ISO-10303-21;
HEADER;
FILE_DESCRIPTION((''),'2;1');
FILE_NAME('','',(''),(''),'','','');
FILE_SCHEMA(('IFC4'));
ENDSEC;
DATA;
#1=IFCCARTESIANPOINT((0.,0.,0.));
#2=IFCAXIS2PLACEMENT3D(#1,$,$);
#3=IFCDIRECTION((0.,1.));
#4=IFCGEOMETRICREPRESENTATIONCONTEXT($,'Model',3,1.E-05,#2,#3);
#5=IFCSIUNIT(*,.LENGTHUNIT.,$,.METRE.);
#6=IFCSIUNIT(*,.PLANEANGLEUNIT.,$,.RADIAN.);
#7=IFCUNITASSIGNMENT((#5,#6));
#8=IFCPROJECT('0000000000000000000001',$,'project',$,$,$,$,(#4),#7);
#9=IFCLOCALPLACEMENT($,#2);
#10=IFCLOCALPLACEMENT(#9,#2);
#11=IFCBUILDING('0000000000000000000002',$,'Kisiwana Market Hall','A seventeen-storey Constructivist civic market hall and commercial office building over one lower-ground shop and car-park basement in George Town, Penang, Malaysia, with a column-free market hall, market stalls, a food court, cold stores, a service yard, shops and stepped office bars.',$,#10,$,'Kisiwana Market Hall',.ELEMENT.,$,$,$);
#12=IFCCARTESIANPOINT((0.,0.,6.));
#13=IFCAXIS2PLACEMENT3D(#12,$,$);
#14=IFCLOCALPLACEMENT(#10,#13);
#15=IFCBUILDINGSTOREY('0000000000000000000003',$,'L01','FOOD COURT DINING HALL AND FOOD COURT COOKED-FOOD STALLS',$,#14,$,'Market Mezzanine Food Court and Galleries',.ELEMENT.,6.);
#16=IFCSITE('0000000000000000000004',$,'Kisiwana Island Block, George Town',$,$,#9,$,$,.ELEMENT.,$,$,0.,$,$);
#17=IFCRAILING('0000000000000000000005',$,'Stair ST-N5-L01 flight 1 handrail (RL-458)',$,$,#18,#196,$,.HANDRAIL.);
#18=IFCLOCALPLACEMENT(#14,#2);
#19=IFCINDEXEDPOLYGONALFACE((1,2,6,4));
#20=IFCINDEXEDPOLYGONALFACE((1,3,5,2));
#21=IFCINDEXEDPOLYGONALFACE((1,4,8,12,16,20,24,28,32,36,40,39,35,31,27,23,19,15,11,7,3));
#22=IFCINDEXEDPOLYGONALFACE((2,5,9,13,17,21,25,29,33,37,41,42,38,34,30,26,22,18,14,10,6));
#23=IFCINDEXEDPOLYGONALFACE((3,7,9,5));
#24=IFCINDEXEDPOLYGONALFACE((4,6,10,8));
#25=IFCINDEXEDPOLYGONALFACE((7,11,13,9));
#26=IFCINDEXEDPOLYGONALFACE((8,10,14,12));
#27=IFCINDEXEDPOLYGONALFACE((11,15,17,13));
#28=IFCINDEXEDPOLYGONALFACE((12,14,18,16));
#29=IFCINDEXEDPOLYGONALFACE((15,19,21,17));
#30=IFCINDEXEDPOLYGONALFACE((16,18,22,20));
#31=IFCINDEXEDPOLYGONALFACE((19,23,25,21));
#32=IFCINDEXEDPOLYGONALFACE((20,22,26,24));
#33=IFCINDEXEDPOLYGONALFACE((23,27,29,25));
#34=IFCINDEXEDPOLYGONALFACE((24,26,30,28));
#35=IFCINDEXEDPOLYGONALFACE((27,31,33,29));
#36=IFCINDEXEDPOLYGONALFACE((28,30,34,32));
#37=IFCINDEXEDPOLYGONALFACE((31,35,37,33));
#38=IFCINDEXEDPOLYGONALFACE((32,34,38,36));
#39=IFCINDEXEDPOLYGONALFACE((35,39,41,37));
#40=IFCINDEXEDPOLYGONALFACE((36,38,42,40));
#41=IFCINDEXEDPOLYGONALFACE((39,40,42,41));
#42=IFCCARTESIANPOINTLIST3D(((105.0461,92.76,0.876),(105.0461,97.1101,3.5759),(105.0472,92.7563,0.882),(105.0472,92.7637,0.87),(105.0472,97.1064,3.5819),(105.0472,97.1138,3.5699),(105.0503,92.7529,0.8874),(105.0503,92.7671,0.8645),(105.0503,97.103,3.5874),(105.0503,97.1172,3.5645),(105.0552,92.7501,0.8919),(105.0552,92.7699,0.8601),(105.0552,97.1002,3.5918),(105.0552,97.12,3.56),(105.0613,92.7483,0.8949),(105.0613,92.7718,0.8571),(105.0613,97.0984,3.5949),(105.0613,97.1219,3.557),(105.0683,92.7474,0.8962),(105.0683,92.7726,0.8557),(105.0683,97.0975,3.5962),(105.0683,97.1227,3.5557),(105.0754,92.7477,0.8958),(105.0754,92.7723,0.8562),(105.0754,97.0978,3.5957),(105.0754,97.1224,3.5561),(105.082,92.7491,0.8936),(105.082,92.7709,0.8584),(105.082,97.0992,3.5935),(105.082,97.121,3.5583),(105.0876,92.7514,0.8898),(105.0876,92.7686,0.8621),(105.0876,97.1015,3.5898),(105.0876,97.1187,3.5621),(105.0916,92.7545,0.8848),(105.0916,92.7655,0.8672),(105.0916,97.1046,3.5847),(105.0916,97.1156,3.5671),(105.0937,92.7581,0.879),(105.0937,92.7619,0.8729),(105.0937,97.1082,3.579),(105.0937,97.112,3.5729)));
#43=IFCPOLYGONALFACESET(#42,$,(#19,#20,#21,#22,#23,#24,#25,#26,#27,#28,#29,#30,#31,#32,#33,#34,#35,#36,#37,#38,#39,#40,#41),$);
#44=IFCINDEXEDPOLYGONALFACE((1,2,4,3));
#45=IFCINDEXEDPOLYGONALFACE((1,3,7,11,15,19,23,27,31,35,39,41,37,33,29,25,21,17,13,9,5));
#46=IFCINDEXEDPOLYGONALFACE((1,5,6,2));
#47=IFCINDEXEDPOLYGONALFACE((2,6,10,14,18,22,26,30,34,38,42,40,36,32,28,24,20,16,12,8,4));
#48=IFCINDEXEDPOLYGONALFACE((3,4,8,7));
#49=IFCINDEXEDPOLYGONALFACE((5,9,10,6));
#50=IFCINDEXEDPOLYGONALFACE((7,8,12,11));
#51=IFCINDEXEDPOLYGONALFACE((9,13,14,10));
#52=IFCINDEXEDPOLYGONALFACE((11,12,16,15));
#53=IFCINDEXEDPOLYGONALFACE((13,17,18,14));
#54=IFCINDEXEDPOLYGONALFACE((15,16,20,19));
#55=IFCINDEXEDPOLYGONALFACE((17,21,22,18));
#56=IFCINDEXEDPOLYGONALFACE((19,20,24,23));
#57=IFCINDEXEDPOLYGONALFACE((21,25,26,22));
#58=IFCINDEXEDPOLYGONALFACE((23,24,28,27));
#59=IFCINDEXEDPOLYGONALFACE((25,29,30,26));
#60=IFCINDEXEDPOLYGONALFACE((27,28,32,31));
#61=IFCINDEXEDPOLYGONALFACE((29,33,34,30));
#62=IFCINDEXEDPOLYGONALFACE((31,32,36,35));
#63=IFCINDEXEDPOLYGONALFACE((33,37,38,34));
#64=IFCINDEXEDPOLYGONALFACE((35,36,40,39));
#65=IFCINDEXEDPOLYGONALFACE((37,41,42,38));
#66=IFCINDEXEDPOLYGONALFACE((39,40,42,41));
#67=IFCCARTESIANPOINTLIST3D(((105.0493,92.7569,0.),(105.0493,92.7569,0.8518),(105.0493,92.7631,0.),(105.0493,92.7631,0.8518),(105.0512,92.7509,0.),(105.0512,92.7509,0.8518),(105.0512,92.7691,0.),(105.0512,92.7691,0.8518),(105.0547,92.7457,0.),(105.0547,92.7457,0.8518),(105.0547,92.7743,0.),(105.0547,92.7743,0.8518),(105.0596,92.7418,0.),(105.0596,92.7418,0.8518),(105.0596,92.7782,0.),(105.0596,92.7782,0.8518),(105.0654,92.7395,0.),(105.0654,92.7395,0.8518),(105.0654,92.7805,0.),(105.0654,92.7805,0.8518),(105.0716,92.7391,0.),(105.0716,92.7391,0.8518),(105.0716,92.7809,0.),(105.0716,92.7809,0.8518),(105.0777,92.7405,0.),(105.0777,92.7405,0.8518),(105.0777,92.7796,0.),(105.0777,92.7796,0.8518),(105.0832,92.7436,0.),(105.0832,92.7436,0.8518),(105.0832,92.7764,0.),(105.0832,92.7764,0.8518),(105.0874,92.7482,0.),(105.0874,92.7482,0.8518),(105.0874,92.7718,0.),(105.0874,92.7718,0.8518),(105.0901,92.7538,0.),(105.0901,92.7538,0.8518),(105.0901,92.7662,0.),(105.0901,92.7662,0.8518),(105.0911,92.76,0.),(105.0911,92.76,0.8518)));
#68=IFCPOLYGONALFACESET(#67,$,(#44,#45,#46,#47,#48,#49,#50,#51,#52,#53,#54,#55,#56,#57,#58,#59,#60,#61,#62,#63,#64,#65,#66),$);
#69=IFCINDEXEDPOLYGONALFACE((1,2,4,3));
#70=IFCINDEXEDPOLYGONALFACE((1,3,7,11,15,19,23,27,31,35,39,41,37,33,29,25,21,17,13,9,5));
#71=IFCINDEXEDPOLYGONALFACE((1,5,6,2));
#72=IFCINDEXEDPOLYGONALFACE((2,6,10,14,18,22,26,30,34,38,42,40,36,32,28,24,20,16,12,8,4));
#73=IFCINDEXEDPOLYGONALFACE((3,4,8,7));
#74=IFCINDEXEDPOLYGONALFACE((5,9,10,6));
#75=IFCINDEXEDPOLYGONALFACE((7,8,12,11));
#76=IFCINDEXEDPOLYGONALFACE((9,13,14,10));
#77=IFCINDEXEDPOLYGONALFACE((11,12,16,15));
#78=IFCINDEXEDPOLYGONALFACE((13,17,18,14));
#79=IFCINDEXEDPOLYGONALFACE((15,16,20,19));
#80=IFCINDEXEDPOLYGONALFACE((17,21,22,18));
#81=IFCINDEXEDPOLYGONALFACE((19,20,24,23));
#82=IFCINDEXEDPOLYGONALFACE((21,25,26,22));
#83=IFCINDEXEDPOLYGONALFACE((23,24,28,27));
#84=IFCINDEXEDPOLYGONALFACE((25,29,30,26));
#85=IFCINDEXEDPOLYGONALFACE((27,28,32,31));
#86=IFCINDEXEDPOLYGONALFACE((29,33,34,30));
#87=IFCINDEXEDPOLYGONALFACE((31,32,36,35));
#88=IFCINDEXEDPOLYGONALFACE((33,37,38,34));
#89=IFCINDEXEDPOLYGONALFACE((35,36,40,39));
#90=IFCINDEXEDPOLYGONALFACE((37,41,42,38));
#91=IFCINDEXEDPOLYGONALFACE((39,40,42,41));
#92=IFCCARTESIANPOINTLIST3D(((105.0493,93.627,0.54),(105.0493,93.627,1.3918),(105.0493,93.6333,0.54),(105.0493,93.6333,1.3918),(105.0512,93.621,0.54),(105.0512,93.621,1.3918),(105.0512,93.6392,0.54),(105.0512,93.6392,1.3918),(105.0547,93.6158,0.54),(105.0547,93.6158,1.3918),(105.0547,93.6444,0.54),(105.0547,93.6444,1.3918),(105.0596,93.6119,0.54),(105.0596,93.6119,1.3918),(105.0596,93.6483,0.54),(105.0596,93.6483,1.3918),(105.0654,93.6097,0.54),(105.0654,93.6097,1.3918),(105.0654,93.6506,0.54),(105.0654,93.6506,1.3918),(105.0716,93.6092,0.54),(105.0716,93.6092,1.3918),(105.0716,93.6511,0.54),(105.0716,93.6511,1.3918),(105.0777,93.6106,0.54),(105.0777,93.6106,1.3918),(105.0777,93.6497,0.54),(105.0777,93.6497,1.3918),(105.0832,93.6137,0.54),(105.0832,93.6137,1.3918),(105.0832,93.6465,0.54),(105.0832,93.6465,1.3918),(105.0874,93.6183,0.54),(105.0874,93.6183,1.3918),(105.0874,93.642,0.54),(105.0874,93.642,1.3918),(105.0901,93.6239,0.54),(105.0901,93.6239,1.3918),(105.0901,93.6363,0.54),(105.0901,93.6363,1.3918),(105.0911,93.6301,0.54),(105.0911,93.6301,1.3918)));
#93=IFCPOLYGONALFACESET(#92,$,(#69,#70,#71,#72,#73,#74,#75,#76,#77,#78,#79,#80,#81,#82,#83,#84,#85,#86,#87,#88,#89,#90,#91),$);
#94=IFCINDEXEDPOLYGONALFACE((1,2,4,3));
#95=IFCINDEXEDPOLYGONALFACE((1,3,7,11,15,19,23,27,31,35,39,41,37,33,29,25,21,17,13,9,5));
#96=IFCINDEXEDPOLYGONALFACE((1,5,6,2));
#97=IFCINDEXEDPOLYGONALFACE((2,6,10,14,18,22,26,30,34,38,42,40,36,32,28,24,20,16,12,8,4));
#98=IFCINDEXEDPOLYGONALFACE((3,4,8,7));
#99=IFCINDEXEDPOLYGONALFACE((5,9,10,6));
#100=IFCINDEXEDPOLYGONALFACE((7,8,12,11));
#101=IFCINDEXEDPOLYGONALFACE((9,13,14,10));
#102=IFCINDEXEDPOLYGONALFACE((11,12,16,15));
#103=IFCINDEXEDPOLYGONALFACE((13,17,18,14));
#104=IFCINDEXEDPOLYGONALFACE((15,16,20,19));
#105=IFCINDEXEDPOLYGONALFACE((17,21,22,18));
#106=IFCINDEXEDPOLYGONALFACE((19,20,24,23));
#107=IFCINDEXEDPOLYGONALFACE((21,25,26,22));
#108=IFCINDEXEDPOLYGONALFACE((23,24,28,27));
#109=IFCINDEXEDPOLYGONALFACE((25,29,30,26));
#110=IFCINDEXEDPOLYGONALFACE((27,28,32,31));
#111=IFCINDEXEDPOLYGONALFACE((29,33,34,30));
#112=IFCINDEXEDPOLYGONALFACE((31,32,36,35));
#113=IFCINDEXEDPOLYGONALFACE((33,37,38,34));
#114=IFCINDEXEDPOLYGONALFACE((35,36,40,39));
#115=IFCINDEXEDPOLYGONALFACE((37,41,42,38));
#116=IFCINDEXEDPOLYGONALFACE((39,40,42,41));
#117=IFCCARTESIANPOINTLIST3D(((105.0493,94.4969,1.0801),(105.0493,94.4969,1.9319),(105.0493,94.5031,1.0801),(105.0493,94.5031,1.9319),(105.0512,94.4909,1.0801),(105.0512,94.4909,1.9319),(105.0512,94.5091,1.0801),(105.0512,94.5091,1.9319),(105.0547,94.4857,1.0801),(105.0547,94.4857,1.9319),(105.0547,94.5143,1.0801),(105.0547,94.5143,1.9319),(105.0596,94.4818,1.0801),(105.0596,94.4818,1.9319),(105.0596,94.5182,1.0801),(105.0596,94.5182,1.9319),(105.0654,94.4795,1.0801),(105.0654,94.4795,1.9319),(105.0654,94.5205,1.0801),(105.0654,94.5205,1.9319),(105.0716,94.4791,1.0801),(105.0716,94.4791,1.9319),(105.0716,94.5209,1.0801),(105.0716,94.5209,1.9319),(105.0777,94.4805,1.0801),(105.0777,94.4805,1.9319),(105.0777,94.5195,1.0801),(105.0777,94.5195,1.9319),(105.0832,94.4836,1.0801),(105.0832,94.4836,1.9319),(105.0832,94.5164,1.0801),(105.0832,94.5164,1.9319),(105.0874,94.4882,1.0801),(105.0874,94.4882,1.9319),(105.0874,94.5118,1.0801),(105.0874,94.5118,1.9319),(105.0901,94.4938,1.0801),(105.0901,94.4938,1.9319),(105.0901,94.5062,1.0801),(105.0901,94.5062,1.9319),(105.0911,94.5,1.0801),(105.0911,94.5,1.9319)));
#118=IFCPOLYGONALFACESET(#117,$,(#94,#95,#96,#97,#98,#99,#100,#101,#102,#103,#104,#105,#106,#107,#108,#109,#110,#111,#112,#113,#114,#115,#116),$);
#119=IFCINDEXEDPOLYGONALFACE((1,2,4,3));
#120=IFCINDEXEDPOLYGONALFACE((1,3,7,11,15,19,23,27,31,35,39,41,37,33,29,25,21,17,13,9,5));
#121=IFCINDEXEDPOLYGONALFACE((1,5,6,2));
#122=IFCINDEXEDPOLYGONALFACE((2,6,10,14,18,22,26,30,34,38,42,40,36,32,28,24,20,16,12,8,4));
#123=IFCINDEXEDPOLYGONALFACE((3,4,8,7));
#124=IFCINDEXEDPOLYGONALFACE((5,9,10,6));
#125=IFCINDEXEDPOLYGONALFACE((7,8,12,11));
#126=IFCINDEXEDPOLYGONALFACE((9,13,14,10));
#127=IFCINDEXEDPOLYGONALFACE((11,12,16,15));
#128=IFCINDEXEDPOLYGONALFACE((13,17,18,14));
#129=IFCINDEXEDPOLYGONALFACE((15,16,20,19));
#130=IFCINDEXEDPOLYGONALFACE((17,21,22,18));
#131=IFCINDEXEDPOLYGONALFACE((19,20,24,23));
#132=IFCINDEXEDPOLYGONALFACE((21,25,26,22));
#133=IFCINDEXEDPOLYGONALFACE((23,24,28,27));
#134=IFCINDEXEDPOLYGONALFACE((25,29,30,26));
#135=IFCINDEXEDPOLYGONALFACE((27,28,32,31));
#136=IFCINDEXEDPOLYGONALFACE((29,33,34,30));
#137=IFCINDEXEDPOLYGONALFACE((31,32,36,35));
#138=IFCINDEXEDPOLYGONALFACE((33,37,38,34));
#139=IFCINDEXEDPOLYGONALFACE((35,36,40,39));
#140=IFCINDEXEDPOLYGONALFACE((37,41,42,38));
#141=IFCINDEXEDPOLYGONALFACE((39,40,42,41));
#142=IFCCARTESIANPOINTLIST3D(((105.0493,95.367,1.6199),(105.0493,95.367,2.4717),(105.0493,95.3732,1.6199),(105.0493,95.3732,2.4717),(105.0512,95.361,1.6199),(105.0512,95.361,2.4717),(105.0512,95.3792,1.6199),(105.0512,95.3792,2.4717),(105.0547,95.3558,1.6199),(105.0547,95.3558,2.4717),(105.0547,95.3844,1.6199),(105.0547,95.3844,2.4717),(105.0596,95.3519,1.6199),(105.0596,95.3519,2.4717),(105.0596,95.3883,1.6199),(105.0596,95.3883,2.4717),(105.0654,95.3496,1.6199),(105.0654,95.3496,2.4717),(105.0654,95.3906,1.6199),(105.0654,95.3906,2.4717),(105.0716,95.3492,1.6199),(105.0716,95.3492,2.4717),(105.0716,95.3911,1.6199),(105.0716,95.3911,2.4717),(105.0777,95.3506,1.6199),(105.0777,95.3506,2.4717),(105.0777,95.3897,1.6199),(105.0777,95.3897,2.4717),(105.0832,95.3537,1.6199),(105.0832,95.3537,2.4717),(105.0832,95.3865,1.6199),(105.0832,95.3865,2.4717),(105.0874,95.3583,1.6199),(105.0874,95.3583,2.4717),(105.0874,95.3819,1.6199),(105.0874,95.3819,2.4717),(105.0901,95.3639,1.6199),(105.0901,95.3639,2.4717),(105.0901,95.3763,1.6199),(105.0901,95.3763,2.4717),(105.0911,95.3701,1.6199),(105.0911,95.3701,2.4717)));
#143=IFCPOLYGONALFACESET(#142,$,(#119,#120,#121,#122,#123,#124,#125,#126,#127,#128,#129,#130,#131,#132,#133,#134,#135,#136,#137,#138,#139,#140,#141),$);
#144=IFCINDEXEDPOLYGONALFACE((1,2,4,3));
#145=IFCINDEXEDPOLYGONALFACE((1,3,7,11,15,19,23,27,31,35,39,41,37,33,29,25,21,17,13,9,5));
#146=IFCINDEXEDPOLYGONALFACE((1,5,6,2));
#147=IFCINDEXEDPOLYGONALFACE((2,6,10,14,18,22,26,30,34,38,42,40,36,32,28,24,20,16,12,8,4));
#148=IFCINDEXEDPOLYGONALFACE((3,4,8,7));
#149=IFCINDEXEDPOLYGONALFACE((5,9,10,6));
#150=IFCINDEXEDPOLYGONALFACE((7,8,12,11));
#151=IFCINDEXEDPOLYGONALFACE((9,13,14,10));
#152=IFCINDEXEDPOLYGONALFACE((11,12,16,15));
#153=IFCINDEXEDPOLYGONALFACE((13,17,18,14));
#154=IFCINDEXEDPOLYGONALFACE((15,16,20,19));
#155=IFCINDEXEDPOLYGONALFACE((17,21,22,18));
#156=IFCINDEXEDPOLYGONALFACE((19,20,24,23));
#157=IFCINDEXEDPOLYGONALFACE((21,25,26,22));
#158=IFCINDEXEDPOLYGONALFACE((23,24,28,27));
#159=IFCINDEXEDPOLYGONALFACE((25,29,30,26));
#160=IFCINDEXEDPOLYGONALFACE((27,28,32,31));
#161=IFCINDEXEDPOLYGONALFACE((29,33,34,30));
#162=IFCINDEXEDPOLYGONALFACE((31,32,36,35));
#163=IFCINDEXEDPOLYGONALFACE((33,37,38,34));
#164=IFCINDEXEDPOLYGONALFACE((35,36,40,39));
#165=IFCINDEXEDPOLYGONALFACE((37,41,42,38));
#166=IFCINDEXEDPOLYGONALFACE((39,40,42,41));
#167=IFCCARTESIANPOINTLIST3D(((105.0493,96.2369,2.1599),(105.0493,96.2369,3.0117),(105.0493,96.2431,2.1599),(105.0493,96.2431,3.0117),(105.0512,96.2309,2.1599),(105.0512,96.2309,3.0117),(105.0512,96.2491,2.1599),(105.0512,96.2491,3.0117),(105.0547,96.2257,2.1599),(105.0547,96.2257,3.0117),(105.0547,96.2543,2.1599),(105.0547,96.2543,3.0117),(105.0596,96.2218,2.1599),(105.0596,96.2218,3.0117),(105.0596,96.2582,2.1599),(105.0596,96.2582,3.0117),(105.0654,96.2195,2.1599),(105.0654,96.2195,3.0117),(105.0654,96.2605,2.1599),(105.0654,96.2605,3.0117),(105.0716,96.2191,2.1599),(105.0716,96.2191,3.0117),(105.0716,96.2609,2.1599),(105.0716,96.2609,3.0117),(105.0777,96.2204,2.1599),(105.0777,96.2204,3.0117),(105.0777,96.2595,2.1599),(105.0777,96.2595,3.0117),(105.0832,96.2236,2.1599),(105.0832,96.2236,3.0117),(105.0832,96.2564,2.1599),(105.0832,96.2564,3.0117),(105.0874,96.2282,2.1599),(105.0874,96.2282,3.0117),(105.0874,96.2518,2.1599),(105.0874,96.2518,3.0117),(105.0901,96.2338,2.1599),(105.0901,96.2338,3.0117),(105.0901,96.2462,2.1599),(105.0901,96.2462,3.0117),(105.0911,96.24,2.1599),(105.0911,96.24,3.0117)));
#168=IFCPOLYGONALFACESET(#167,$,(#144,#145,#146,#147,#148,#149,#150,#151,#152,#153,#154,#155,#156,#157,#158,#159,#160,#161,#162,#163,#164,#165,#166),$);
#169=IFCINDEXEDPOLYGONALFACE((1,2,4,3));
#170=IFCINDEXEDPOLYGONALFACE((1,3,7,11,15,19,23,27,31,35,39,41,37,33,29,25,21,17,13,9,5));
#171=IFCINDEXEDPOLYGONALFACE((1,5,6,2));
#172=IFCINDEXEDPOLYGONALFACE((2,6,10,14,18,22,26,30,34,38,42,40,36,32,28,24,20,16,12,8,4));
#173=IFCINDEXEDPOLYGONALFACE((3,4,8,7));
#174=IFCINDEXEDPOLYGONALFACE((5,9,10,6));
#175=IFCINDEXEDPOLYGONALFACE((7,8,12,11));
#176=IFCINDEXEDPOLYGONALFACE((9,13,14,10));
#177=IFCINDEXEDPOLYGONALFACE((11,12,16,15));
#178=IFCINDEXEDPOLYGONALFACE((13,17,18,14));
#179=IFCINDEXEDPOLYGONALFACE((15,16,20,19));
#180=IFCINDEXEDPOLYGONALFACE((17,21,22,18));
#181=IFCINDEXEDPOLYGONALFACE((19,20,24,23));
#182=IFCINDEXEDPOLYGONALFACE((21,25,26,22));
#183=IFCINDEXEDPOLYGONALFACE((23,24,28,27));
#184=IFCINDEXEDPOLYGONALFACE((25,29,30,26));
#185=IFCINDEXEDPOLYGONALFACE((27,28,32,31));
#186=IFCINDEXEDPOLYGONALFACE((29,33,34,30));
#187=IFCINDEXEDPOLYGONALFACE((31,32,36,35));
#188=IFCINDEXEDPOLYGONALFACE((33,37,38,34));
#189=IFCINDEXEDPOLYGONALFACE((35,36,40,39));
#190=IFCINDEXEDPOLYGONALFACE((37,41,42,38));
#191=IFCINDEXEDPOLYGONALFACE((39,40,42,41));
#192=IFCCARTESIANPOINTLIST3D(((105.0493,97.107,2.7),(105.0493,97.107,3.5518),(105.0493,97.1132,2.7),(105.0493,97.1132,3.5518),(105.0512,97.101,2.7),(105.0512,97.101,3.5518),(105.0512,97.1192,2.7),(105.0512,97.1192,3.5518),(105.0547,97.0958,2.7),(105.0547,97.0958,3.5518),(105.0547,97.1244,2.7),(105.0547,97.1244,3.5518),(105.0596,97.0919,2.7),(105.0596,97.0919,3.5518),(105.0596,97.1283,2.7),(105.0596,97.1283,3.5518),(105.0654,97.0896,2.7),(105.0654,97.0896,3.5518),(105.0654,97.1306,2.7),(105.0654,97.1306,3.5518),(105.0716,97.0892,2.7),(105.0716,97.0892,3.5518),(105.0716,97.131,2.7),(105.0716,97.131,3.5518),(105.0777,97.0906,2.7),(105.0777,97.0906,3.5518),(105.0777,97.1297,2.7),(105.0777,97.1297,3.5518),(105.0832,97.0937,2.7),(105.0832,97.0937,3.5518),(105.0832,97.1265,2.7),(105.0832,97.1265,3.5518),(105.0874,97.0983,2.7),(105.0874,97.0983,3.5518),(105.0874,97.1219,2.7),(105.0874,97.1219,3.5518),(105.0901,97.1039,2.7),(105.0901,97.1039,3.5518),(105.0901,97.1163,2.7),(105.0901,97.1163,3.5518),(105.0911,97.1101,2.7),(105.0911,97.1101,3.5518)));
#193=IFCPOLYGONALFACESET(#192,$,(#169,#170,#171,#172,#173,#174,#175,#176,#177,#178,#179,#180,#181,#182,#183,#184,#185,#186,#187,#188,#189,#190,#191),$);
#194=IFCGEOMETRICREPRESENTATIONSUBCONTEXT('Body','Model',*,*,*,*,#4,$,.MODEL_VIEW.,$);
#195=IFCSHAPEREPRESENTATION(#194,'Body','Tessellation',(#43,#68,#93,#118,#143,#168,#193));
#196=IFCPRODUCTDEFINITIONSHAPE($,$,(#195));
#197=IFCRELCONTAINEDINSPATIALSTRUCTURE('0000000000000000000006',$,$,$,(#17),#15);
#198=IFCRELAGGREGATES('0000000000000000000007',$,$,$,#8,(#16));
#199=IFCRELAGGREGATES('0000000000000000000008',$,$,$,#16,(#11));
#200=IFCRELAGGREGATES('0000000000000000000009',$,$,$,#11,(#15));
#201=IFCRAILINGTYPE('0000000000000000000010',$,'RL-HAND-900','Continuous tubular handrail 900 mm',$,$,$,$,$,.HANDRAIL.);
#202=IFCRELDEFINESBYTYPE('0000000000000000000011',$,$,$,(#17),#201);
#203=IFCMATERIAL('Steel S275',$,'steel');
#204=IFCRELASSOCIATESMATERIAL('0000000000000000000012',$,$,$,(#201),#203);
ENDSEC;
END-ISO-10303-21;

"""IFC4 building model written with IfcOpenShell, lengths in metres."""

from ifc_helpers import new_model, si_unit, direction, frame, origin, origin_2d, place, context, subcontext, project, spatial, circle, extrude, material, type_object, element, save


model = new_model("IFC4")

# Units and contexts
model_context = context("Model", 3, precision=1e-05, world=origin(), true_north=direction((0.0, 1.0)))
body_context = subcontext(model_context, "Body", "Model", "MODEL_VIEW")
ifc_project = project(units=[si_unit("LENGTHUNIT", "METRE"), si_unit("PLANEANGLEUNIT", "RADIAN")], contexts=[model_context])

# Site, building, storey
site_placement = place(None, origin())
site = spatial("IfcSite", under=ifc_project, at=site_placement, Name="Kisiwana Island Block, George Town", CompositionType="ELEMENT", RefElevation=0.0)
building_placement = place(site_placement, origin())
building = spatial("IfcBuilding", under=site, at=building_placement, Name="Kisiwana Market Hall", Description="A seventeen-storey Constructivist civic market hall and commercial office building over one lower-ground shop and car-park basement in George Town, Penang, Malaysia, with a column-free market hall, market stalls, a food court, cold stores, a service yard, shops and stepped office bars.", LongName="Kisiwana Market Hall", CompositionType="ELEMENT")
storey_placement = place(building_placement, frame((0.0, 0.0, 6.0)))
storey = spatial("IfcBuildingStorey", under=building, at=storey_placement, Name="L01", Description="FOOD COURT DINING HALL AND FOOD COURT COOKED-FOOD STALLS", LongName="Market Mezzanine Food Court and Galleries", CompositionType="ELEMENT", Elevation=6.0)

# Railing
ifc_material_1 = material(Name="Steel S275", Category="steel")
railing_type_1 = type_object("IfcRailingType", Name="RL-HAND-900", Description="Continuous tubular handrail 900 mm", PredefinedType="HANDRAIL", material=ifc_material_1)
for number, where, name in (
    (1, (105.0701, 92.76, 0.0), "Stair ST-N5-L01 flight 1 handrail (RL-458)"),
):
    element("IfcRailing", number, at=place(storey_placement, frame(where)), inside=storey, type_object=railing_type_1, Name=name, PredefinedType="HANDRAIL", context=body_context, shape_type="SweptSolid", body=[
        extrude(circle(Radius=0.0239, at=origin_2d()), frame((0.0, 0.0, 0.876), z_axis=(0.0, 0.84965, 0.527347), x_axis=(-1.0, 0.0, 0.0)), (0.0, 0.0, 1.0), 5.1199),
        extrude(circle(Radius=0.021, at=origin_2d()), origin(), (0.0, 0.0, 1.0), 0.8518),
        extrude(circle(Radius=0.021, at=origin_2d()), frame((0.0, 0.8701, 0.54)), (0.0, 0.0, 1.0), 0.8518),
        extrude(circle(Radius=0.021, at=origin_2d()), frame((0.0, 1.74, 1.0801)), (0.0, 0.0, 1.0), 0.8518),
        extrude(circle(Radius=0.021, at=origin_2d()), frame((0.0, 2.6101, 1.6199)), (0.0, 0.0, 1.0), 0.8518),
        extrude(circle(Radius=0.021, at=origin_2d()), frame((0.0, 3.48, 2.1599)), (0.0, 0.0, 1.0), 0.8518),
        extrude(circle(Radius=0.021, at=origin_2d()), frame((0.0, 4.3501, 2.7)), (0.0, 0.0, 1.0), 0.8518),
    ])

save(model, "model.ifc")
